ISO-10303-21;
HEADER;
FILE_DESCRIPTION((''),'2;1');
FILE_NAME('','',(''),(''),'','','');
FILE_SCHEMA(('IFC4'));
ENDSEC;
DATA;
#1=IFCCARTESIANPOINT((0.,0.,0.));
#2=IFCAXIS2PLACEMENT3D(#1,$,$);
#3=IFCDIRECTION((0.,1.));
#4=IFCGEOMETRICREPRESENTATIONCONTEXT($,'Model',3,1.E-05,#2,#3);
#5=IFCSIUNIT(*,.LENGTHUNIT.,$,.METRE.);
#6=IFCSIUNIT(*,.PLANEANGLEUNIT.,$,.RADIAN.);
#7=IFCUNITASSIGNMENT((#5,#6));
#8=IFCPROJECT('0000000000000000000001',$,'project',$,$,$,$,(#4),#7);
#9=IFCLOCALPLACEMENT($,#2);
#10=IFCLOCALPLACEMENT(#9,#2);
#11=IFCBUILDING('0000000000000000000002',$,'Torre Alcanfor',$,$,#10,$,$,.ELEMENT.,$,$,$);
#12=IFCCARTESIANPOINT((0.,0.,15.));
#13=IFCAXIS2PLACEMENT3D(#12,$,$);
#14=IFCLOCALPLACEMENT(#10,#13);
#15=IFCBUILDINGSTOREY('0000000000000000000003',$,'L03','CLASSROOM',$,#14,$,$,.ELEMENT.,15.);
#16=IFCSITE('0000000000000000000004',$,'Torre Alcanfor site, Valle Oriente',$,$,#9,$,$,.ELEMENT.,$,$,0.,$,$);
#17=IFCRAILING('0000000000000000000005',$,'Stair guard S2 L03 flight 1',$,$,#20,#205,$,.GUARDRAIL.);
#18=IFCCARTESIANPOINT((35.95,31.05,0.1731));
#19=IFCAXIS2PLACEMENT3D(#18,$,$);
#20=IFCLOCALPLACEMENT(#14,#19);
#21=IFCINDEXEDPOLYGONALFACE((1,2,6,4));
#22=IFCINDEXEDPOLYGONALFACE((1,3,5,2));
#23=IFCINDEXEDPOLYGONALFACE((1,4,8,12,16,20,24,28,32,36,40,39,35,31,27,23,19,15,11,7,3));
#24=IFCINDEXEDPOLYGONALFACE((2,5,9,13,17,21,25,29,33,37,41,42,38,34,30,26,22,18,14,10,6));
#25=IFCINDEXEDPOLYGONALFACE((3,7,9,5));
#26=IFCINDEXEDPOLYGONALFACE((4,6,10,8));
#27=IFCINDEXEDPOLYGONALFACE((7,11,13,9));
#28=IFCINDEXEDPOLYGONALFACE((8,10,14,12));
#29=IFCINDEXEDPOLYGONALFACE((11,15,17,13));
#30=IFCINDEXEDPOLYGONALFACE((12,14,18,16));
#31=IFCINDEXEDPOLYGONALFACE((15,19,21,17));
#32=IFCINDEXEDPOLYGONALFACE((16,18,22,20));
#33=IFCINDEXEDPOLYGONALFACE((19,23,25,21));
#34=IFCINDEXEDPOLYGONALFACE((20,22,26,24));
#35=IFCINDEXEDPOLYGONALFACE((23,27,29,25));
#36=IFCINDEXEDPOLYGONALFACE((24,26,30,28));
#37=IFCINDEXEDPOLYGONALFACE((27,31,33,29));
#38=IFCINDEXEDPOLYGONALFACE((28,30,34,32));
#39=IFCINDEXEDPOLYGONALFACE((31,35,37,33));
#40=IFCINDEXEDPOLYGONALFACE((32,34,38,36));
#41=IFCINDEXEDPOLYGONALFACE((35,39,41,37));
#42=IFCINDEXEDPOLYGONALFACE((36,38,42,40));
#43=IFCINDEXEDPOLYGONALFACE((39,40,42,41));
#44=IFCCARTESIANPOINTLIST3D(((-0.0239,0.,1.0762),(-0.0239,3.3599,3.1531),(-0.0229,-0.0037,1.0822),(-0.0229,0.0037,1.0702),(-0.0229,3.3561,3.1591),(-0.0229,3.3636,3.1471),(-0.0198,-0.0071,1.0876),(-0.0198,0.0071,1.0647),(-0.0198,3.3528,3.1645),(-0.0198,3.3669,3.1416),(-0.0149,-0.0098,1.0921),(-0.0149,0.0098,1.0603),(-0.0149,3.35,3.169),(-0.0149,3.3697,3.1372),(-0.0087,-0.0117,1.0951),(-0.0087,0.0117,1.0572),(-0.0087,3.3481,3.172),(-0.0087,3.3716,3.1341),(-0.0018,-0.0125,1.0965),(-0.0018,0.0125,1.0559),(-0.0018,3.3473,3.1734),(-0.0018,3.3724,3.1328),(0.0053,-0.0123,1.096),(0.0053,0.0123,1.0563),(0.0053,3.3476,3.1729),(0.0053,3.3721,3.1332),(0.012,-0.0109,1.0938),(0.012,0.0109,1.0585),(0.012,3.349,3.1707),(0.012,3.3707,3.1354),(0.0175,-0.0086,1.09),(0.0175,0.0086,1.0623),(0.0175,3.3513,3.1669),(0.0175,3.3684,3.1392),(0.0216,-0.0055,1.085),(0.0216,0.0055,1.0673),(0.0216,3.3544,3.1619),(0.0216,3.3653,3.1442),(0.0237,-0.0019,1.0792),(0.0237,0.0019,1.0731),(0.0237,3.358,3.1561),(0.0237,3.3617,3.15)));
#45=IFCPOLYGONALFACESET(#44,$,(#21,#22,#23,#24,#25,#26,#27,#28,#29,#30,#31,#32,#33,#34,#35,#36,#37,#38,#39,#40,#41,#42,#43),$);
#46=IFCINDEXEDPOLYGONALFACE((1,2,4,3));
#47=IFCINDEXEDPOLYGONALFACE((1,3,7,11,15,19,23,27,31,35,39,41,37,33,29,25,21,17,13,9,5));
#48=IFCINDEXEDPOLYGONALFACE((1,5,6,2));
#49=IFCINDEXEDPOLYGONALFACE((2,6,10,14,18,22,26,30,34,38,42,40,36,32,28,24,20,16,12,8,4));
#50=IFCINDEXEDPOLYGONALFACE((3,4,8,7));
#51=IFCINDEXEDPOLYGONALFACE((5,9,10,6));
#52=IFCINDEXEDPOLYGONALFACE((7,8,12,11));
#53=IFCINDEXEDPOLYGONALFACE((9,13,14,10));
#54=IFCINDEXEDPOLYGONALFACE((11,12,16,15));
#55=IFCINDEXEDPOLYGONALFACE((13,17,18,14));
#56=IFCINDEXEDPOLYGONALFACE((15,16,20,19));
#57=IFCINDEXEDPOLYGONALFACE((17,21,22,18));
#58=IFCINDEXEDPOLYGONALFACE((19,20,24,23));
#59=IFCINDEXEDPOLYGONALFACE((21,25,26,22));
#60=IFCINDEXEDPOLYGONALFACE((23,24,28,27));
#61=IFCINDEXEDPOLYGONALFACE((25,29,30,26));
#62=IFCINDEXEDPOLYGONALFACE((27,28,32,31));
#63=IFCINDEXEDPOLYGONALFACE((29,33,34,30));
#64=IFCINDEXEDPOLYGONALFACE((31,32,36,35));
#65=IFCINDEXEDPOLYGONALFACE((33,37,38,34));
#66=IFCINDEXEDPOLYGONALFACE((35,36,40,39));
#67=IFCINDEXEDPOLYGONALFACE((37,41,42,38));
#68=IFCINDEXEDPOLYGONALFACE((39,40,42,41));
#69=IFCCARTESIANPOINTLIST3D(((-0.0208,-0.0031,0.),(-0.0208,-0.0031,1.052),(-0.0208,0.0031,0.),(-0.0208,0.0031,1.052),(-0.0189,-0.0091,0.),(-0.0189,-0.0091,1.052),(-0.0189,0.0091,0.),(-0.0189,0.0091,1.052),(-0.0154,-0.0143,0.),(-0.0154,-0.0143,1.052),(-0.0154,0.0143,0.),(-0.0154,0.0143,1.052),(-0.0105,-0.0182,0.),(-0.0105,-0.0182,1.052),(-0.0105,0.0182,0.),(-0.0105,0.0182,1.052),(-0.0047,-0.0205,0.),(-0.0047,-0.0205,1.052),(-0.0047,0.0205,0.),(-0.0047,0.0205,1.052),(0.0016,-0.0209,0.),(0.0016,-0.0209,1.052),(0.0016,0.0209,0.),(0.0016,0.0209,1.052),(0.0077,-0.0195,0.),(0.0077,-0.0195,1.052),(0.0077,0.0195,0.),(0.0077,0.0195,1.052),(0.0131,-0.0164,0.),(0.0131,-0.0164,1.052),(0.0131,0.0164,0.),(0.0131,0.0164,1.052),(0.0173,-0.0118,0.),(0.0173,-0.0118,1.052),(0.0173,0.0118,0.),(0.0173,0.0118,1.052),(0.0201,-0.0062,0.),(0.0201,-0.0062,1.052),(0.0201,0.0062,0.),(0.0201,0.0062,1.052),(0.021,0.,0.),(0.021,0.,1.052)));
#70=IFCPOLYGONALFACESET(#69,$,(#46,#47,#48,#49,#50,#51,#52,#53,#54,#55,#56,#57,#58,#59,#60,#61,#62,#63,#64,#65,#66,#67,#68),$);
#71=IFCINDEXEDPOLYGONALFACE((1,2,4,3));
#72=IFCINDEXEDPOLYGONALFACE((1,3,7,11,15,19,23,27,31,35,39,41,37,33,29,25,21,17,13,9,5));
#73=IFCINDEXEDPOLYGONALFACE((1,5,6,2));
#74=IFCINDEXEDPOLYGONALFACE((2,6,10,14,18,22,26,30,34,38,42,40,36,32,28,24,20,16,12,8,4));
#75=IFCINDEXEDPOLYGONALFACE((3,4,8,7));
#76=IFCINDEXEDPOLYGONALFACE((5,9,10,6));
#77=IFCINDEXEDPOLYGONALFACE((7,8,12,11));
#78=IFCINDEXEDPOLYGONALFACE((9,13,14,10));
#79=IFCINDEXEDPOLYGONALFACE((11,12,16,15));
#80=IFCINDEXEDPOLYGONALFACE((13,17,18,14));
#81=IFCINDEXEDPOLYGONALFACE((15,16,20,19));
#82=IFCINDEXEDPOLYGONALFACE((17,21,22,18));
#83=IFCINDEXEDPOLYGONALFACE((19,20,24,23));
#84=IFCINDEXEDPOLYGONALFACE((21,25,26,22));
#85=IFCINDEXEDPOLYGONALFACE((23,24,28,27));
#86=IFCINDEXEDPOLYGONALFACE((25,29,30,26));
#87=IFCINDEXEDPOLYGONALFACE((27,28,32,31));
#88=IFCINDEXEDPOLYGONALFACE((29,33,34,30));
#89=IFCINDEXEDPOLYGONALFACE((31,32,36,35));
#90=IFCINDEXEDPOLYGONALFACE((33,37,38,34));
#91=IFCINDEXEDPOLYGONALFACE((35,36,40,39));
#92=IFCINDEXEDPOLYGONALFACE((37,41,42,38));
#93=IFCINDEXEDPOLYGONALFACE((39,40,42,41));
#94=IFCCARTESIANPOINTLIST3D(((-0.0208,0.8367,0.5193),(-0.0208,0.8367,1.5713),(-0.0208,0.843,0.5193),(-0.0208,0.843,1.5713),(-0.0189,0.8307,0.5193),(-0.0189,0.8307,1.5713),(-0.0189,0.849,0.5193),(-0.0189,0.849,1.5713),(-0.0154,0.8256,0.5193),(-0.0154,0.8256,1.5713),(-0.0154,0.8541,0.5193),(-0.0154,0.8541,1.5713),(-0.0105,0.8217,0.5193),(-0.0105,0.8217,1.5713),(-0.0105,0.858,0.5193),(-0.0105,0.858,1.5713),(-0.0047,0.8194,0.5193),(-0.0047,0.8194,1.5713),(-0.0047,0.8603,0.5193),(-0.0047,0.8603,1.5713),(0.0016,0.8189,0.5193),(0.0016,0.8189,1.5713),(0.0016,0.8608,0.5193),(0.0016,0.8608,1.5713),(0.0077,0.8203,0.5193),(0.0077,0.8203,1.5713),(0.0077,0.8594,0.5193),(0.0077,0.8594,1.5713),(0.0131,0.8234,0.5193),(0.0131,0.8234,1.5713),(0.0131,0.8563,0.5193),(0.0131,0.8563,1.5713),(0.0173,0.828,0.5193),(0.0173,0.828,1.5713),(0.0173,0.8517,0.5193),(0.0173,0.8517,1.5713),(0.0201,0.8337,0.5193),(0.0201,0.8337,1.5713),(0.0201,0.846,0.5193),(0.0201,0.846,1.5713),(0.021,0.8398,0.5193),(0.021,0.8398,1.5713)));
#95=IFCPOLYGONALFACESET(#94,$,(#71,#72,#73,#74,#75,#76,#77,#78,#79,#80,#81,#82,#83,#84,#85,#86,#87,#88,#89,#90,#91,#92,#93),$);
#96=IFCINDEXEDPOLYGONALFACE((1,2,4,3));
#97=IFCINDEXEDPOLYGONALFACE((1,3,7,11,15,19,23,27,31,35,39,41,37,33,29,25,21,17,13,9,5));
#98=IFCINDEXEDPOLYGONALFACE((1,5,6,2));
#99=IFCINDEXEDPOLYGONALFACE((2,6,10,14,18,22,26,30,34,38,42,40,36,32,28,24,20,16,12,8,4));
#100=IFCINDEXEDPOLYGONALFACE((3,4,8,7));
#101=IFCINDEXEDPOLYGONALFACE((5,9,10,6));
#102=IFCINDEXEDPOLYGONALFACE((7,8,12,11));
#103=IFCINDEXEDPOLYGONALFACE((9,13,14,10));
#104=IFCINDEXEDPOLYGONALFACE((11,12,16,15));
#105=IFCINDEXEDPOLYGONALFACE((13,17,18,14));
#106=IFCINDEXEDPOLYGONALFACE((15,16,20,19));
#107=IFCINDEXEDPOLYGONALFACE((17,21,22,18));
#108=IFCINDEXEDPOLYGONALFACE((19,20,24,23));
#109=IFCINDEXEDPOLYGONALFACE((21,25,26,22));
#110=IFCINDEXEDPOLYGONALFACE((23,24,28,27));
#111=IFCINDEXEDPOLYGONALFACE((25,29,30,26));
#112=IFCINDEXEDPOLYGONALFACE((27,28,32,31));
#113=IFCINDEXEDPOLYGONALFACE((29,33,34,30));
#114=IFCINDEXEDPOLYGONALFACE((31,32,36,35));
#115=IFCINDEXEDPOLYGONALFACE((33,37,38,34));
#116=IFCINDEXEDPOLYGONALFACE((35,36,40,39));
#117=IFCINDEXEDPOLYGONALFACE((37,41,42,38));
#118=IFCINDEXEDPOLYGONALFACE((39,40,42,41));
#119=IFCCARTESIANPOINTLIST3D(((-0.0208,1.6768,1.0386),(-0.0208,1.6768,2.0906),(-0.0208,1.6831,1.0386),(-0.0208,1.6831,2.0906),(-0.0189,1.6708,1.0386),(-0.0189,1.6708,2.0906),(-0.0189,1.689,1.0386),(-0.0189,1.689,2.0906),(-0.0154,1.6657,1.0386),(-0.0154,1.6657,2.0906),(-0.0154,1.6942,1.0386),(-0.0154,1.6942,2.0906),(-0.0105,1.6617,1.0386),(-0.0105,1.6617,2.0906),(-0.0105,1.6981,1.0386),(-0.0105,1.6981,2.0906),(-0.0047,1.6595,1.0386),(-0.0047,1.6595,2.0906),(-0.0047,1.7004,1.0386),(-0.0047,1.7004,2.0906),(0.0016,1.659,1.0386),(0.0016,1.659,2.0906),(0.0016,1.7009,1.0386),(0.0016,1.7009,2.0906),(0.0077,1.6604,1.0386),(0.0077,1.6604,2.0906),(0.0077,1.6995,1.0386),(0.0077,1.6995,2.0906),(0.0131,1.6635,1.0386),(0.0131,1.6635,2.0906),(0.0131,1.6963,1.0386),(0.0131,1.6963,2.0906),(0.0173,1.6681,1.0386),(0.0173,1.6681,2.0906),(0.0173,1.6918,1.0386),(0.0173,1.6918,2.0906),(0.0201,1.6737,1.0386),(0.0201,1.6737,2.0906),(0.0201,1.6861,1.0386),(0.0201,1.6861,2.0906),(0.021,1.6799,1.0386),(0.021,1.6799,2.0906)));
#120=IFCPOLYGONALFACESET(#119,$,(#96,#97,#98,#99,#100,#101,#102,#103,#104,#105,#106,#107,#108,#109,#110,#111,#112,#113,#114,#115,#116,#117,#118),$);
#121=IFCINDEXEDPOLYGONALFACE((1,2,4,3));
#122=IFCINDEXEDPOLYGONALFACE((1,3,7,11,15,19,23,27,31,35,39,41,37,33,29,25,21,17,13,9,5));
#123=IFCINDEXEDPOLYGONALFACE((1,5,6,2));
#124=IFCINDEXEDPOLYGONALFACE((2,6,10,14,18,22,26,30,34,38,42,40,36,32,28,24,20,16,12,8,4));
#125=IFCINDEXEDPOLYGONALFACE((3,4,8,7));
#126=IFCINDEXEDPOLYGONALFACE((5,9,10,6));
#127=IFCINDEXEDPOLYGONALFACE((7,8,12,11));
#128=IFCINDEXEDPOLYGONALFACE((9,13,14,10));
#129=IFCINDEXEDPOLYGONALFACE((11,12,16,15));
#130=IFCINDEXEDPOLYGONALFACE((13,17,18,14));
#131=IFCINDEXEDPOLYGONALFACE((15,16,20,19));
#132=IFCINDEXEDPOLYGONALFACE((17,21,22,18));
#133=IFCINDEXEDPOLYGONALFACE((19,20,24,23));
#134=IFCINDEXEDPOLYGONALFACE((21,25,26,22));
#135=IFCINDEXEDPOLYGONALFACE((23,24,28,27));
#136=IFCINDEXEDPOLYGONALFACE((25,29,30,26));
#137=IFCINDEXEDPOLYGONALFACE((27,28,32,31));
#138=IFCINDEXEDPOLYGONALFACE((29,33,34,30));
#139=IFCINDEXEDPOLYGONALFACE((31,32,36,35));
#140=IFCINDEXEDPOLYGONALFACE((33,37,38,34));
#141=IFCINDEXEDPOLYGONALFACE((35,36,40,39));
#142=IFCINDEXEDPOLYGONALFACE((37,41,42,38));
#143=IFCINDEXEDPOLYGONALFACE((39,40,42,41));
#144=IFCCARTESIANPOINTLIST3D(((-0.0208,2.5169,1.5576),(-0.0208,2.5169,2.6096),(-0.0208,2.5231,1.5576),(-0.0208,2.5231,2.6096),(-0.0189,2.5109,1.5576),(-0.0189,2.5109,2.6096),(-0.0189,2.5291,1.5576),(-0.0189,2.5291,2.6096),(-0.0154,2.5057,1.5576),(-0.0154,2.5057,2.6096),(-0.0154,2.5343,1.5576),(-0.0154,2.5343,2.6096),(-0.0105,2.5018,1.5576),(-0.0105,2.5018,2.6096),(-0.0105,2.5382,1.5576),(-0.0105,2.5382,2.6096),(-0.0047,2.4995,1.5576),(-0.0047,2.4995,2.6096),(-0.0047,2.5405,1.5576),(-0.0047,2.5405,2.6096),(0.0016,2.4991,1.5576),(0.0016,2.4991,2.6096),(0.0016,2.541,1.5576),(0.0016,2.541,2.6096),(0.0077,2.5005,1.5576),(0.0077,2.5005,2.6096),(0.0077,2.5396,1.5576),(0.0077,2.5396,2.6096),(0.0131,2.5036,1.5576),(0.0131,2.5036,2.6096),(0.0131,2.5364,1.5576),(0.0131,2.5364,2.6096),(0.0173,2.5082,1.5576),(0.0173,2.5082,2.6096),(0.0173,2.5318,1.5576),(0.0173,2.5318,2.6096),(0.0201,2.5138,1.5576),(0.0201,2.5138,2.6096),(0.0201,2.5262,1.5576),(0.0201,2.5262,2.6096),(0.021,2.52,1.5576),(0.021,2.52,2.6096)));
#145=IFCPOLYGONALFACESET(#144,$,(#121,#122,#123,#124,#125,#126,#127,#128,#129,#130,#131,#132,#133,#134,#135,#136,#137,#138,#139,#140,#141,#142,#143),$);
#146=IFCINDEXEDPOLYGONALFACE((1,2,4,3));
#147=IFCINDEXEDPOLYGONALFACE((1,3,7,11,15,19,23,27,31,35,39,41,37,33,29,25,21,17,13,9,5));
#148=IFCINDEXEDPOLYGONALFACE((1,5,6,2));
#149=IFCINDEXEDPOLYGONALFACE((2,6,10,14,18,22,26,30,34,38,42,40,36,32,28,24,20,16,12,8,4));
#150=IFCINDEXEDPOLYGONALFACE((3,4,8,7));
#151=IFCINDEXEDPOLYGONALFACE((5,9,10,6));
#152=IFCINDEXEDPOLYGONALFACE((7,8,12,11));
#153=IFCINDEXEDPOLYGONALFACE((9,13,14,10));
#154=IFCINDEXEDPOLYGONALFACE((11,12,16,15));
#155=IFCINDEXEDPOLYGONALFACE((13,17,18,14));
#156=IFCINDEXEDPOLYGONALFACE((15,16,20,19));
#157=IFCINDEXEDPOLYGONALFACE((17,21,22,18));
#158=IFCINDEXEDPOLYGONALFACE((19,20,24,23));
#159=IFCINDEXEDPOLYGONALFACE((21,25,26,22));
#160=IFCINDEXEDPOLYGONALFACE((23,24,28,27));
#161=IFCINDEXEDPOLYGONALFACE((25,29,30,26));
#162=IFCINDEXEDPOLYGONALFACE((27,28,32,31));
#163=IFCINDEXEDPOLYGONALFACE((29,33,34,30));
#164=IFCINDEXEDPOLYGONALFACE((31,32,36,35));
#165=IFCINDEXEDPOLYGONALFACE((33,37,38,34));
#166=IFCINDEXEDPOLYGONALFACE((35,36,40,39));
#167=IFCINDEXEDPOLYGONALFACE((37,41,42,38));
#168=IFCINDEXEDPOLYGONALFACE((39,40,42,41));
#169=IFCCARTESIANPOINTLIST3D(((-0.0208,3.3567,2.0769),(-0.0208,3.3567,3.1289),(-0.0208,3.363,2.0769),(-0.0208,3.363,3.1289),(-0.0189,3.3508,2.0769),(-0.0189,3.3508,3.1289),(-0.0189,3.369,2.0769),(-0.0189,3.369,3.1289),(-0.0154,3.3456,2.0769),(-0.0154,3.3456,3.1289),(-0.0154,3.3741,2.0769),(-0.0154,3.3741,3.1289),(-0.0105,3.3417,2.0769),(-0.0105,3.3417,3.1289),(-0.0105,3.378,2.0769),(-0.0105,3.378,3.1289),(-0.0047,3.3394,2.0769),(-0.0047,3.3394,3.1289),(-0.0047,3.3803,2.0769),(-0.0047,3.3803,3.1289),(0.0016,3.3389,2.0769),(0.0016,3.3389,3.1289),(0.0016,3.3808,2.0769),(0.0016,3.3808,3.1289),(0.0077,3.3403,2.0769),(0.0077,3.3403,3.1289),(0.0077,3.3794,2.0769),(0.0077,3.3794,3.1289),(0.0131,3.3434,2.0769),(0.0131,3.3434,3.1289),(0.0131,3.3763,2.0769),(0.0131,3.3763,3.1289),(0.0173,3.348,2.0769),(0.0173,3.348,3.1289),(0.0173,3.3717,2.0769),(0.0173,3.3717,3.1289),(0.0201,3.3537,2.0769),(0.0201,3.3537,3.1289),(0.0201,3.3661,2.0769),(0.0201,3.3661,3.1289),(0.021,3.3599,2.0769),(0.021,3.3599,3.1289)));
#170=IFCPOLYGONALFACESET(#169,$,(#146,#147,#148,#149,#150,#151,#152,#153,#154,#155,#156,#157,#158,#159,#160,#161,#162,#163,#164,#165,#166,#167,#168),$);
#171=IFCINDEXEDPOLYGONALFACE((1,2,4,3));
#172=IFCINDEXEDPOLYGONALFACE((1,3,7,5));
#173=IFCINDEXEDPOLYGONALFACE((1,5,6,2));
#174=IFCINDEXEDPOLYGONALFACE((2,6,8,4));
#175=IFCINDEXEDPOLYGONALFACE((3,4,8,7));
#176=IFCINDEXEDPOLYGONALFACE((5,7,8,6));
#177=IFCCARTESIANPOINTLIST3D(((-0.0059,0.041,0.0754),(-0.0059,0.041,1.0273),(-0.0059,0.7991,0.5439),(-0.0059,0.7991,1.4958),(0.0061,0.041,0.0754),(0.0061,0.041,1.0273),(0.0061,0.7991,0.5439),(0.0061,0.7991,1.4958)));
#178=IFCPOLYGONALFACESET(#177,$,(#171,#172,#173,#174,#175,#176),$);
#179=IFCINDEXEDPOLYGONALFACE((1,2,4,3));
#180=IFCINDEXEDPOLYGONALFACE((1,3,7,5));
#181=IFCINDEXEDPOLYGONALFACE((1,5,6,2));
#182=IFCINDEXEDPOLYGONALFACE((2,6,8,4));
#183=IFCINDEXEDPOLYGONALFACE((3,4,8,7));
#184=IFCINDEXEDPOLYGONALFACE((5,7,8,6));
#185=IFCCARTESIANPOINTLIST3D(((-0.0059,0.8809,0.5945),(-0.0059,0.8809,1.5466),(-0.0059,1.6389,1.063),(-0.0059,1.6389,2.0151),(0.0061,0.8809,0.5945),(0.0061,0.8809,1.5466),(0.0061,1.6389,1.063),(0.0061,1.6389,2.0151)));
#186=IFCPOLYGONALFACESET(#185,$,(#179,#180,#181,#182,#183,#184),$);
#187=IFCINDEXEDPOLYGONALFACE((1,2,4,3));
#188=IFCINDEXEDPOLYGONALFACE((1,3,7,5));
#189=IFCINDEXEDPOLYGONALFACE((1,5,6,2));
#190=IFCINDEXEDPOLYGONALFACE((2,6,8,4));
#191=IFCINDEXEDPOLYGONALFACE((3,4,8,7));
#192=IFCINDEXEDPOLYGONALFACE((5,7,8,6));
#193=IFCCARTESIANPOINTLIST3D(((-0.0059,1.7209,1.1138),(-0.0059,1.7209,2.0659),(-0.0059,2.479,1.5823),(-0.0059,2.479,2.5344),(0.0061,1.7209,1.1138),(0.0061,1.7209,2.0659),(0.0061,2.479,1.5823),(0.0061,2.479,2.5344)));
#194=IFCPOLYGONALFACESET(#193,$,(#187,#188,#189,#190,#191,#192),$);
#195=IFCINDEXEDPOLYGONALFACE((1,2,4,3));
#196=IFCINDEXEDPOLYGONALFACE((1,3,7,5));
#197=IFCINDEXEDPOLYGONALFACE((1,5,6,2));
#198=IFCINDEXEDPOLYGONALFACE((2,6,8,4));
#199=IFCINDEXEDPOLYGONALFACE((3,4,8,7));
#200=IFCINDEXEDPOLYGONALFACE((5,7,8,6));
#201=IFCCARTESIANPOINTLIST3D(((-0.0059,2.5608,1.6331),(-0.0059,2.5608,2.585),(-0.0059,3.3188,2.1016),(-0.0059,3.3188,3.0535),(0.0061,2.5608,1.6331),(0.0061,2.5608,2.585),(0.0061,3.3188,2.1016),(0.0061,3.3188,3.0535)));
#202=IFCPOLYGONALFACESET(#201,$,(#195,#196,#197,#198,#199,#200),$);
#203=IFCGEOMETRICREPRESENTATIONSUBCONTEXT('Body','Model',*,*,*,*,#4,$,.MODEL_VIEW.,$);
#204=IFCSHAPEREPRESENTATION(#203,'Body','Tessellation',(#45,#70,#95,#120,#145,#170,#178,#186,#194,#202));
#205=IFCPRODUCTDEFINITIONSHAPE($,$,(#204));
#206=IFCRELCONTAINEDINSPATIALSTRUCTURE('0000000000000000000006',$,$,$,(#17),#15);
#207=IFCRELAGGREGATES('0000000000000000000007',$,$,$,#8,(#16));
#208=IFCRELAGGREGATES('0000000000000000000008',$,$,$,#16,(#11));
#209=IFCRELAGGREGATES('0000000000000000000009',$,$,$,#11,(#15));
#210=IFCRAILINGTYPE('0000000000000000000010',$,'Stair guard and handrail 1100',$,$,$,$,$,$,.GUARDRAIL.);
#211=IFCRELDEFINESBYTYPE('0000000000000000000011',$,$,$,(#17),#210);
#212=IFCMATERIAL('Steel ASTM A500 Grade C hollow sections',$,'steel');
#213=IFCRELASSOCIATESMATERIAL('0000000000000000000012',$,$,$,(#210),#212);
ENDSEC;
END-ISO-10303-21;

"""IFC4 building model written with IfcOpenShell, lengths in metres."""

from ifc_helpers import new_model, si_unit, direction, frame, origin, origin_2d, place, context, subcontext, project, spatial, polyline, circle, outline, extrude, material, type_object, element, save


model = new_model("IFC4")

# Units and contexts
model_context = context("Model", 3, precision=1e-05, world=origin(), true_north=direction((0.0, 1.0)))
body_context = subcontext(model_context, "Body", "Model", "MODEL_VIEW")
ifc_project = project(units=[si_unit("LENGTHUNIT", "METRE"), si_unit("PLANEANGLEUNIT", "RADIAN")], contexts=[model_context])

# Site, building, storey
site_placement = place(None, origin())
site = spatial("IfcSite", under=ifc_project, at=site_placement, Name="Torre Alcanfor site, Valle Oriente", CompositionType="ELEMENT", RefElevation=0.0)
building_placement = place(site_placement, origin())
building = spatial("IfcBuilding", under=site, at=building_placement, Name="Torre Alcanfor", CompositionType="ELEMENT")
storey_placement = place(building_placement, frame((0.0, 0.0, 15.0)))
storey = spatial("IfcBuildingStorey", under=building, at=storey_placement, Name="L03", Description="CLASSROOM", CompositionType="ELEMENT", Elevation=15.0)

# Railing
ifc_material_1 = material(Name="Steel ASTM A500 Grade C hollow sections", Category="steel")
railing_type_1 = type_object("IfcRailingType", Name="Stair guard and handrail 1100", PredefinedType="GUARDRAIL", material=ifc_material_1)
railing_1_placement = place(storey_placement, frame((35.95, 31.05, 0.1731)))
element("IfcRailing", 1, at=railing_1_placement, inside=storey, type_object=railing_type_1, Name="Stair guard S2 L03 flight 1", PredefinedType="GUARDRAIL", context=body_context, shape_type="SweptSolid", body=[
    extrude(circle(Radius=0.0239, at=origin_2d()), frame((0.0, 0.0, 1.0762), z_axis=(0.0, 0.850606, 0.525803), x_axis=(-1.0, 0.0, 0.0)), (0.0, 0.0, 1.0), 3.95),
    extrude(circle(Radius=0.021, at=origin_2d()), origin(), (0.0, 0.0, 1.0), 1.052),
    extrude(circle(Radius=0.021, at=origin_2d()), frame((0.0, 0.8398, 0.5193)), (0.0, 0.0, 1.0), 1.052),
    extrude(circle(Radius=0.021, at=origin_2d()), frame((0.0, 1.6799, 1.0386)), (0.0, 0.0, 1.0), 1.052),
    extrude(circle(Radius=0.021, at=origin_2d()), frame((0.0, 2.52, 1.5576)), (0.0, 0.0, 1.0), 1.052),
    extrude(circle(Radius=0.021, at=origin_2d()), frame((0.0, 3.3599, 2.0769)), (0.0, 0.0, 1.0), 1.052),
    extrude(outline(polyline([(0.041, 0.0754), (0.7991, 0.5439), (0.7991, 1.4958), (0.041, 1.0273), (0.041, 0.0754)])), frame((-0.0059, 0.0, 0.0), z_axis=(1.0, 0.0, 0.0), x_axis=(0.0, 1.0, 0.0)), (0.0, 0.0, 1.0), 0.012),
    extrude(outline(polyline([(0.8809, 0.5945), (1.6389, 1.063), (1.6389, 2.0151), (0.8809, 1.5466), (0.8809, 0.5945)])), frame((-0.0059, 0.0, 0.0), z_axis=(1.0, 0.0, 0.0), x_axis=(0.0, 1.0, 0.0)), (0.0, 0.0, 1.0), 0.012),
    extrude(outline(polyline([(1.7209, 1.1138), (2.479, 1.5823), (2.479, 2.5344), (1.7209, 2.0659), (1.7209, 1.1138)])), frame((-0.0059, 0.0, 0.0), z_axis=(1.0, 0.0, 0.0), x_axis=(0.0, 1.0, 0.0)), (0.0, 0.0, 1.0), 0.012),
    extrude(outline(polyline([(2.5608, 1.6331), (3.3188, 2.1016), (3.3188, 3.0535), (2.5608, 2.585), (2.5608, 1.6331)])), frame((-0.0059, 0.0, 0.0), z_axis=(1.0, 0.0, 0.0), x_axis=(0.0, 1.0, 0.0)), (0.0, 0.0, 1.0), 0.012),
])

save(model, "model.ifc")
